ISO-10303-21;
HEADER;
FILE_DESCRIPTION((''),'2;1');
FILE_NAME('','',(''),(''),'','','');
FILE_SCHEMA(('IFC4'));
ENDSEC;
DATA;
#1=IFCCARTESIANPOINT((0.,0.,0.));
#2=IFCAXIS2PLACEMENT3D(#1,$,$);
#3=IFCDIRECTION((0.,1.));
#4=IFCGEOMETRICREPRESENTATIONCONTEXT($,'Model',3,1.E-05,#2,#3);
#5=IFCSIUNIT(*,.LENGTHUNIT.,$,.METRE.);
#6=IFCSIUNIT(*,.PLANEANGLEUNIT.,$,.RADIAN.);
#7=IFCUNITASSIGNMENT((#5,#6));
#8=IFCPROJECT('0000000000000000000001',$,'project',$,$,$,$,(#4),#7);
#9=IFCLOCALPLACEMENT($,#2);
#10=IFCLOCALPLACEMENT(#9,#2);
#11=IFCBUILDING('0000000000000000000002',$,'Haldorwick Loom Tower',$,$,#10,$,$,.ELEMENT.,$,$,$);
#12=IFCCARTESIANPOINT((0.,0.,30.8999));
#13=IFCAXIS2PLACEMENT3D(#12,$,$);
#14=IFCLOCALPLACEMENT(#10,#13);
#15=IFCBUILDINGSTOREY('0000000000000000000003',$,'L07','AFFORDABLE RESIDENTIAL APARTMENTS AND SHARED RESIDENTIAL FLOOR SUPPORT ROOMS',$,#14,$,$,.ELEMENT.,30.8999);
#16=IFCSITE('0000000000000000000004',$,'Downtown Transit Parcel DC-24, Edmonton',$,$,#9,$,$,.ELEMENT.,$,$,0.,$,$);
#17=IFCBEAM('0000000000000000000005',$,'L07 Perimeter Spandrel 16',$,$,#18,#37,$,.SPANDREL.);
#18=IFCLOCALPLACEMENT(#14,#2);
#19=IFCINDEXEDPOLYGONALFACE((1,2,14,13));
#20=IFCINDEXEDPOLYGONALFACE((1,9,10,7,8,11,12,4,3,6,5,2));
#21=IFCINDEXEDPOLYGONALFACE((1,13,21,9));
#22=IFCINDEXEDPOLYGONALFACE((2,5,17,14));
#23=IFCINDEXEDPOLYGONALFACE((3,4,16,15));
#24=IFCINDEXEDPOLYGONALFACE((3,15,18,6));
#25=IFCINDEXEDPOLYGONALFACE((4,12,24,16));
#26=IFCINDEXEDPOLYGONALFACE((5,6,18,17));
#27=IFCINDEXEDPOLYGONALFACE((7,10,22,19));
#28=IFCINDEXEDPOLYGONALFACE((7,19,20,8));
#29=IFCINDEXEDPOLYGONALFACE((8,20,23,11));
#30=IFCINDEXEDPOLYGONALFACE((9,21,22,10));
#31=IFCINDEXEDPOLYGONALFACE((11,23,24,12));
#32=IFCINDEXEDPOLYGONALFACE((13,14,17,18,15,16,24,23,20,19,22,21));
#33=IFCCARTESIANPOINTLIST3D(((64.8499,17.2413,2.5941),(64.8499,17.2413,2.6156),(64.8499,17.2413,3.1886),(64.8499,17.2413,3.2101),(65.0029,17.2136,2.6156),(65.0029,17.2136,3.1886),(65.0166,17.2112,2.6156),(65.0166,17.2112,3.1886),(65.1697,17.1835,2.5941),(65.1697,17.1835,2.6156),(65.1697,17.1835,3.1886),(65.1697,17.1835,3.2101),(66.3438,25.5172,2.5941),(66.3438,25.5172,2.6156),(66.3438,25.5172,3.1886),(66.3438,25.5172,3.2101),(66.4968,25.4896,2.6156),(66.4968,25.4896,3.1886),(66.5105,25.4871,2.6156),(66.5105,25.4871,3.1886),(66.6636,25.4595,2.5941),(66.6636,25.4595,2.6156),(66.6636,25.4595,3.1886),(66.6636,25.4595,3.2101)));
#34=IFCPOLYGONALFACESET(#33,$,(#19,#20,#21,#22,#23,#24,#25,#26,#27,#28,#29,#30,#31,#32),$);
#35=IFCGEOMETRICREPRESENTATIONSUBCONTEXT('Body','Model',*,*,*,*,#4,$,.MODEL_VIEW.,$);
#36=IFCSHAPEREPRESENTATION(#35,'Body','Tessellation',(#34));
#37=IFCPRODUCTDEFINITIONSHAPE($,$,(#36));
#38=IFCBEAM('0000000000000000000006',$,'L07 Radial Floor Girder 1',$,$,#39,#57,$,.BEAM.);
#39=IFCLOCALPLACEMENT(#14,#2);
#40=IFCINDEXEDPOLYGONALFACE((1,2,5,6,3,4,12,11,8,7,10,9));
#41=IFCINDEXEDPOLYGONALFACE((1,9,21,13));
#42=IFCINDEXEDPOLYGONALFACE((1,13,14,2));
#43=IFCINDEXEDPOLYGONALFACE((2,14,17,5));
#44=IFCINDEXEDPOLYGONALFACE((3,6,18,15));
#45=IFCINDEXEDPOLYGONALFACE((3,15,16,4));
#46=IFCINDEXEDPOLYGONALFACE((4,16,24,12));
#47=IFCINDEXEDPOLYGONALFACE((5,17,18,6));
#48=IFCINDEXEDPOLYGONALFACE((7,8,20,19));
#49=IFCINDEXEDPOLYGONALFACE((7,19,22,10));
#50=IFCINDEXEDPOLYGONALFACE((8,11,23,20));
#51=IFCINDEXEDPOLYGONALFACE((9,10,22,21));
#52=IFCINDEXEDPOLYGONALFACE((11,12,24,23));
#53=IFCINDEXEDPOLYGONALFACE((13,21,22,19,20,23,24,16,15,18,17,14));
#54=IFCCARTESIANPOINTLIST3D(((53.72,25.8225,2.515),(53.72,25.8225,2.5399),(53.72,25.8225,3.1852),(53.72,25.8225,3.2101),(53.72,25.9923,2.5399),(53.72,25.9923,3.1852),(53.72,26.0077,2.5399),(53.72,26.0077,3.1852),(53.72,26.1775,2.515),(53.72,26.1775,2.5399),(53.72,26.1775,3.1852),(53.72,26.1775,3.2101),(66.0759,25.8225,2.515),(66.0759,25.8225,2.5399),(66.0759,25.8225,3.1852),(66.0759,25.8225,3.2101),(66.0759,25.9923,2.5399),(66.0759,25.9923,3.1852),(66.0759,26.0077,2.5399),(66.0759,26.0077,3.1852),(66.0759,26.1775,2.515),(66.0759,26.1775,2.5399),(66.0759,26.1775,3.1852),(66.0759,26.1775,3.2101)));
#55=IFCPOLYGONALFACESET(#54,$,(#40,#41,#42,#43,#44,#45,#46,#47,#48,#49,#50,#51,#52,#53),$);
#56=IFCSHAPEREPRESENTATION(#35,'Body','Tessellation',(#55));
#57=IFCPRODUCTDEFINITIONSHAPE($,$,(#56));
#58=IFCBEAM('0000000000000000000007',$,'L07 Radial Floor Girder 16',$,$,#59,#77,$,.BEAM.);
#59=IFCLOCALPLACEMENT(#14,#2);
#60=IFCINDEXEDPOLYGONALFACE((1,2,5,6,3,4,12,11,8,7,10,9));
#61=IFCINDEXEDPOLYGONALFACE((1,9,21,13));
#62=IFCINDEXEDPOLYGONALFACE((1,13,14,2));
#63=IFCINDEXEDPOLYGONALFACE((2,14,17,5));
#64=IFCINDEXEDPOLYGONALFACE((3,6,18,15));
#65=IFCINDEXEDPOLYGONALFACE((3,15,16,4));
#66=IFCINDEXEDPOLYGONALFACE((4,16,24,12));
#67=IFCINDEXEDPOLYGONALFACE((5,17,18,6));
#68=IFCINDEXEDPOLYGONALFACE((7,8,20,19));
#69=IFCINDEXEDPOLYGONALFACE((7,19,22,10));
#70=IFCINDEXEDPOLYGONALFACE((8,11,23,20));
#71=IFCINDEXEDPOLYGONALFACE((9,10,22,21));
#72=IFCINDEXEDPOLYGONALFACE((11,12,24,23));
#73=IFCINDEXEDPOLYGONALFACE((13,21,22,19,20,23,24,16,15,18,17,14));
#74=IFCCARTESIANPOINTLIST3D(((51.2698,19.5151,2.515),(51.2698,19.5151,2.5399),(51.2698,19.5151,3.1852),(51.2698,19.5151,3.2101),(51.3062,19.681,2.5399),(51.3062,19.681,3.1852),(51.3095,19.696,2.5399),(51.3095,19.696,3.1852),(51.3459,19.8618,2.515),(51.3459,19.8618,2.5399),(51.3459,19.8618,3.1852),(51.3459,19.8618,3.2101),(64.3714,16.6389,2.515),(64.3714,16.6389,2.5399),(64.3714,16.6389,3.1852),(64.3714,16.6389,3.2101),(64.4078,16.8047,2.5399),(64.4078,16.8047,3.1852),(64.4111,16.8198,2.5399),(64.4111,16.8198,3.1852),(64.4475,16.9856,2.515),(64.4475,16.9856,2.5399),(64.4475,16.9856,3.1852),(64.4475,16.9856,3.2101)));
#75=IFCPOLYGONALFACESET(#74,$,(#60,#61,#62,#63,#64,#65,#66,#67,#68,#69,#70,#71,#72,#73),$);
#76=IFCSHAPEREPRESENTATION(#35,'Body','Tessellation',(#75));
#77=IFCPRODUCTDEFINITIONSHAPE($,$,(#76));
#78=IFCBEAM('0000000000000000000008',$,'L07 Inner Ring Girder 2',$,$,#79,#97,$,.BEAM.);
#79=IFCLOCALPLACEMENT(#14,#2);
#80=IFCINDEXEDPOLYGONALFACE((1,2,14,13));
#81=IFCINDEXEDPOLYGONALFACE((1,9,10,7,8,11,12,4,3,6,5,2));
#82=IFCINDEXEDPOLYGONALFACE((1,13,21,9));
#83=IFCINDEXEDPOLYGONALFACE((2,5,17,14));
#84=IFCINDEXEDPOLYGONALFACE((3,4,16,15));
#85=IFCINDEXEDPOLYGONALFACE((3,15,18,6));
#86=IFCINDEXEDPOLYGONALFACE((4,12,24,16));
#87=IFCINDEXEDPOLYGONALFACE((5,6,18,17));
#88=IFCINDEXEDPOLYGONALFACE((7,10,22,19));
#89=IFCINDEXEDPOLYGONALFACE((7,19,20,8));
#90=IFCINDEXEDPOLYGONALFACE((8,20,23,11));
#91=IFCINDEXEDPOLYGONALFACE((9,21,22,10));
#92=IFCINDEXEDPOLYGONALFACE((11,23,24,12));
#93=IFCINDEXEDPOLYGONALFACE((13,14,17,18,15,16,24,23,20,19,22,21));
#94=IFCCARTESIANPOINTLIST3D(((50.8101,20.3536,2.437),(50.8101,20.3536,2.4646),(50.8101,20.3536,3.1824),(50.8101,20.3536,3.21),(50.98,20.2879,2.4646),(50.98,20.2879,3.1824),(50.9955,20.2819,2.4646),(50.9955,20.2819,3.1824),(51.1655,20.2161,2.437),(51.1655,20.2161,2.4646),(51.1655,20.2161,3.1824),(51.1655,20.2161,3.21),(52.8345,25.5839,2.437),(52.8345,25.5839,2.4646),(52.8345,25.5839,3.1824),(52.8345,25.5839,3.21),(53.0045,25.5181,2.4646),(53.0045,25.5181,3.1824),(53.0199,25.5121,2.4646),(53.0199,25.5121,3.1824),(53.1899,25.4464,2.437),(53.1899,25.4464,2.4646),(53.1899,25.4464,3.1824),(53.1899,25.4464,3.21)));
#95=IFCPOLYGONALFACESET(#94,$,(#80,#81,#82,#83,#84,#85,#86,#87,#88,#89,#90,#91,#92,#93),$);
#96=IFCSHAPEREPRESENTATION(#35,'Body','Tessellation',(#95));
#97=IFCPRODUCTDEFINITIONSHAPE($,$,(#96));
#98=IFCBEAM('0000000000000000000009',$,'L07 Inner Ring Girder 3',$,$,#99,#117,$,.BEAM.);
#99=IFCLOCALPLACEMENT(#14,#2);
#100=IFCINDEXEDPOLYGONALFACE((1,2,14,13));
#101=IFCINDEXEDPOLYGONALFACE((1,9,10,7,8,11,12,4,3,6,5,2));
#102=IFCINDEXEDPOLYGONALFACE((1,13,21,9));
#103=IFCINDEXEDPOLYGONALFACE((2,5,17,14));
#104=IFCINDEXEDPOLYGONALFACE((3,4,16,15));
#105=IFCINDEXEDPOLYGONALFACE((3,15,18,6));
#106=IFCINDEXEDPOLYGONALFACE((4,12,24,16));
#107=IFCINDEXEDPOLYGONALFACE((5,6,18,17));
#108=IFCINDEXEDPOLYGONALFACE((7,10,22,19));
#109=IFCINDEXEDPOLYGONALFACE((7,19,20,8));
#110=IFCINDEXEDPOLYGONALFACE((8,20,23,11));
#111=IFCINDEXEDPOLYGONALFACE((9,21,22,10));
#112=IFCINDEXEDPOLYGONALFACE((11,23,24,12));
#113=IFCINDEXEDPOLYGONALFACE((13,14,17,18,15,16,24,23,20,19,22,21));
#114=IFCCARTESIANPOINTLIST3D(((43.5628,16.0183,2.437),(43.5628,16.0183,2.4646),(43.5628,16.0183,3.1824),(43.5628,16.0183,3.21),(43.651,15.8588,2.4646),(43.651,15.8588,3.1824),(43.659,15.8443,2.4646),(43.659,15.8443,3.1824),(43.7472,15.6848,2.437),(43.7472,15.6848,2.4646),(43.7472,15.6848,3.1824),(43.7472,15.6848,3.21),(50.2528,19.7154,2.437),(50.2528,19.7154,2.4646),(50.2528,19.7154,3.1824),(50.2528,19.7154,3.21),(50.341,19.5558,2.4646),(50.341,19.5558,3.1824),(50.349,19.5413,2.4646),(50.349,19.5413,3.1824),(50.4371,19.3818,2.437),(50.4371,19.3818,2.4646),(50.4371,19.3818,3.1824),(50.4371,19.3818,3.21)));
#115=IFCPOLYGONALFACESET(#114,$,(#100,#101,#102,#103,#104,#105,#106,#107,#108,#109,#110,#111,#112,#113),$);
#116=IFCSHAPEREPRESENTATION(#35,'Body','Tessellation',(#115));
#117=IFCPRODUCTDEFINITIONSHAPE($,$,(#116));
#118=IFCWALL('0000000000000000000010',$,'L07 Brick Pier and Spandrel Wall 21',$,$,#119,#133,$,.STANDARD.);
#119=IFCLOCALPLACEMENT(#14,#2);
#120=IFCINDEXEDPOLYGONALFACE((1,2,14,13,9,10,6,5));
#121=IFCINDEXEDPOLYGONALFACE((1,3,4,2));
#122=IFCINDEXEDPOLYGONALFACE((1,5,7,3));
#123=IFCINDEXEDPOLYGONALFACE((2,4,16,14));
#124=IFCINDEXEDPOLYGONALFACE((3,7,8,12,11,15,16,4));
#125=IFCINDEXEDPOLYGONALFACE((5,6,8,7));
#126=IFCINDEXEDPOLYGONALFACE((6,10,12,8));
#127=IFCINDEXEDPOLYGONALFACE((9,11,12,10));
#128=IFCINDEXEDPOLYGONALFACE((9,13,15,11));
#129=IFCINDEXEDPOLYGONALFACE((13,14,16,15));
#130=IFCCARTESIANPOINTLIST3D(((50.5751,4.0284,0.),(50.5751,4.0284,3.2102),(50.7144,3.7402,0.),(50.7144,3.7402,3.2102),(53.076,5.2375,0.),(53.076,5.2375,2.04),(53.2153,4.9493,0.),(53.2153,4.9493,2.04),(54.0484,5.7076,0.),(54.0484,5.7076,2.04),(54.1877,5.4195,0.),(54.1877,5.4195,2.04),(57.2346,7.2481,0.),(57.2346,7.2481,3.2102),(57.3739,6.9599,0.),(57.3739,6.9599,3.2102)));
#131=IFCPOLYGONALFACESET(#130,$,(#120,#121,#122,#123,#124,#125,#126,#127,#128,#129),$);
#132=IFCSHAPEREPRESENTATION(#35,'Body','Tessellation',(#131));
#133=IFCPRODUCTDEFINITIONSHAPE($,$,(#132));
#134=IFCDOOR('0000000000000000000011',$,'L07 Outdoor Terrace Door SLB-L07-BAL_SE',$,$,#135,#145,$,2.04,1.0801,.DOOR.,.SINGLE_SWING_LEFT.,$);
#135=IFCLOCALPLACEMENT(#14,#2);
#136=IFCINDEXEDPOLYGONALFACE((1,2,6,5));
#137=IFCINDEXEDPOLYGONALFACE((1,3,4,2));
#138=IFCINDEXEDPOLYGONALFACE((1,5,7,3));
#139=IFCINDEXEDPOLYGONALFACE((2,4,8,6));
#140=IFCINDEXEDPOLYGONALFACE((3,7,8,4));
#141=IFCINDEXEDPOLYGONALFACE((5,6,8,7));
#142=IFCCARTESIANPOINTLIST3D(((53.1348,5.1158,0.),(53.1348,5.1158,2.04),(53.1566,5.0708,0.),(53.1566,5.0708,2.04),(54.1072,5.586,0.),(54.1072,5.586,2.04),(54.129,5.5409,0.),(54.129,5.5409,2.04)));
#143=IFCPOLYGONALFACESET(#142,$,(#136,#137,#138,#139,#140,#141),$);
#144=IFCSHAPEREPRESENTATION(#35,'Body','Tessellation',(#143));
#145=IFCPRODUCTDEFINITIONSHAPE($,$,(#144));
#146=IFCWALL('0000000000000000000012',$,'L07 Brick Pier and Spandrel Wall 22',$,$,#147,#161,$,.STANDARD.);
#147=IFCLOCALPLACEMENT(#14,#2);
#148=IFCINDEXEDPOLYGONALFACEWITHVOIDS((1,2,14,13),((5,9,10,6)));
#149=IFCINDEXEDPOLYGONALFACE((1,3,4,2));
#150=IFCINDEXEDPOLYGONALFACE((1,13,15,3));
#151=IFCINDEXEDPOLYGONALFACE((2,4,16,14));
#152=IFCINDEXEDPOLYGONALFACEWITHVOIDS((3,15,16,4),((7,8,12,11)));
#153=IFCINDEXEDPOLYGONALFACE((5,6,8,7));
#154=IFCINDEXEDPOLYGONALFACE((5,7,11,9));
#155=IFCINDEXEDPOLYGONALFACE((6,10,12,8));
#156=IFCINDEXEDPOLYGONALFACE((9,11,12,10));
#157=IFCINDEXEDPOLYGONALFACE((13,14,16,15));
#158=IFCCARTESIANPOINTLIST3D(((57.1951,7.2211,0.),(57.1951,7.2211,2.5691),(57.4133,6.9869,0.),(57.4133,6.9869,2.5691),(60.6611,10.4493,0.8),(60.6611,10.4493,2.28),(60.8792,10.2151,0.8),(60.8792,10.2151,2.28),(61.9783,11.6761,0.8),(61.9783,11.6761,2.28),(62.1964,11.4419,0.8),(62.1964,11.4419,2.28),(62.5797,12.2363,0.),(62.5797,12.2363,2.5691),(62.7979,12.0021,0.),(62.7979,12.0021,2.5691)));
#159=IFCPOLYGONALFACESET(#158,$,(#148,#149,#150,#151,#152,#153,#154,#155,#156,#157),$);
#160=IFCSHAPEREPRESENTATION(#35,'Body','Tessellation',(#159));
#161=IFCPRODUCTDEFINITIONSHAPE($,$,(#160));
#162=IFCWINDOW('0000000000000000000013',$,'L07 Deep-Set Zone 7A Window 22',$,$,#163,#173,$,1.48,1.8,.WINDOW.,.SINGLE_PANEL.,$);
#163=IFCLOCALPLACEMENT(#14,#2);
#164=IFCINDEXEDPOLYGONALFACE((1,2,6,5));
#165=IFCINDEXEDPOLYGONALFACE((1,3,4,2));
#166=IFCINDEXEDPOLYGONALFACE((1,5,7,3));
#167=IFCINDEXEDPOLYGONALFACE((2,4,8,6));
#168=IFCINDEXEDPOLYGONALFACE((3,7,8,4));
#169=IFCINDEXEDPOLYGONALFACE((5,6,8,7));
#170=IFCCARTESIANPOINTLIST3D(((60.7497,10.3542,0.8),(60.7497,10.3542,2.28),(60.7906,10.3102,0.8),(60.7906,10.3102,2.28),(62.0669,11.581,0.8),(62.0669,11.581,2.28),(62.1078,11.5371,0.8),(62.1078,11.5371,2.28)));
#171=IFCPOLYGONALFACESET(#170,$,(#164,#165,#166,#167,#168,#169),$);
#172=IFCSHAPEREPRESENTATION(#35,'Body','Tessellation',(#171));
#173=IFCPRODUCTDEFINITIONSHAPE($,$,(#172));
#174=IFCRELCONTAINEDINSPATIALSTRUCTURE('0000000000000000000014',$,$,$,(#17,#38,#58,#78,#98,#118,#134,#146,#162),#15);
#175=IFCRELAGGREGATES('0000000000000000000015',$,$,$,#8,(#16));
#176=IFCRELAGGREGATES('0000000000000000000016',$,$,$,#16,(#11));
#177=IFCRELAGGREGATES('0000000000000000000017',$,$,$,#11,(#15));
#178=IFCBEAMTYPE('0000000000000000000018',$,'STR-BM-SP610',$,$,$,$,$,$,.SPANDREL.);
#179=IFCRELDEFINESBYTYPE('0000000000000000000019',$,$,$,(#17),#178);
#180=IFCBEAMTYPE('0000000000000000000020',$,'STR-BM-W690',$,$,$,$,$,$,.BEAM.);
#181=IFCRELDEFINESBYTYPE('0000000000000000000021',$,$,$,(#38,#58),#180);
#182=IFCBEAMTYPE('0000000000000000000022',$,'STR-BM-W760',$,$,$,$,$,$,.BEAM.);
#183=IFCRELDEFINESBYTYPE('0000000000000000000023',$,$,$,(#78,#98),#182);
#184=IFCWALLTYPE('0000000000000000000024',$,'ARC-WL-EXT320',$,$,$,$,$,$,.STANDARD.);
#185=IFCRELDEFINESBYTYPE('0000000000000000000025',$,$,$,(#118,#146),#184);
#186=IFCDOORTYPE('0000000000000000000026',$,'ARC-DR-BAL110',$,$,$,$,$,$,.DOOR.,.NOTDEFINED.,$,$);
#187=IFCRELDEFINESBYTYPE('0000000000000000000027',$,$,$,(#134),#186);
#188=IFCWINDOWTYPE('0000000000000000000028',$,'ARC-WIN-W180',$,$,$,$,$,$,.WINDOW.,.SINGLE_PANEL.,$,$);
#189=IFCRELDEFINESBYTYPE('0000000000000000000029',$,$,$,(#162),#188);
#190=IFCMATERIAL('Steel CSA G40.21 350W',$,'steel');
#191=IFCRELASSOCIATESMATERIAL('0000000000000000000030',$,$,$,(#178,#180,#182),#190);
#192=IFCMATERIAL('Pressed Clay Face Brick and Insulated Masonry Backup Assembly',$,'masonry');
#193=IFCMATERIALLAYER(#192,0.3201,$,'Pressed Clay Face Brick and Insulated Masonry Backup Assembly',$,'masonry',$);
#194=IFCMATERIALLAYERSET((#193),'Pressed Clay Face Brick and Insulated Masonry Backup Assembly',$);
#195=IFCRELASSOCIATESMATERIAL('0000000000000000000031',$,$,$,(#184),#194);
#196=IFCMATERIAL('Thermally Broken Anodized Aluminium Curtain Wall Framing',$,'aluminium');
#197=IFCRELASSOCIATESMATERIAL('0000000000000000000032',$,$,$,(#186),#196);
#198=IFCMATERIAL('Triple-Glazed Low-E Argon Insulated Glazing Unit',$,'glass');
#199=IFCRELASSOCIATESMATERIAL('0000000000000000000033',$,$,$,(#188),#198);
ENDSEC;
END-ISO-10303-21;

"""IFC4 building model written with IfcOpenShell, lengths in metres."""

from ifc_helpers import new_model, si_unit, direction, frame, frame_2d, origin, origin_2d, place, context, subcontext, project, spatial, rectangle, i_section, extrude, material, layer, layer_set, material_profile, profile_set, type_object, element, fill, save


model = new_model("IFC4")

# Units and contexts
model_context = context("Model", 3, precision=1e-05, world=origin(), true_north=direction((0.0, 1.0)))
body_context = subcontext(model_context, "Body", "Model", "MODEL_VIEW")
ifc_project = project(units=[si_unit("LENGTHUNIT", "METRE"), si_unit("PLANEANGLEUNIT", "RADIAN")], contexts=[model_context])

# Site, building, storey
site_placement = place(None, origin())
site = spatial("IfcSite", under=ifc_project, at=site_placement, Name="Downtown Transit Parcel DC-24, Edmonton", CompositionType="ELEMENT", RefElevation=0.0)
building_placement = place(site_placement, origin())
building = spatial("IfcBuilding", under=site, at=building_placement, Name="Haldorwick Loom Tower", CompositionType="ELEMENT")
storey_placement = place(building_placement, frame((0.0, 0.0, 30.8999)))
storey = spatial("IfcBuildingStorey", under=building, at=storey_placement, Name="L07", Description="AFFORDABLE RESIDENTIAL APARTMENTS AND SHARED RESIDENTIAL FLOOR SUPPORT ROOMS", CompositionType="ELEMENT", Elevation=30.8999)

# Beams
ifc_material_1 = material(Name="Steel CSA G40.21 350W", Category="steel")
ifc_material_profile_1 = material_profile(ifc_material_1, i_section(OverallWidth=0.325, OverallDepth=0.616, WebThickness=0.0139, FlangeThickness=0.0215, at=origin_2d()), Name="W610X174", Category="steel")
ifc_profile_set_1 = profile_set([ifc_material_profile_1], Name="Steel CSA G40.21 350W")
beam_type_1 = type_object("IfcBeamType", Name="STR-BM-SP610", PredefinedType="SPANDREL", material=ifc_profile_set_1)
beam_1_placement = place(storey_placement, frame((65.0098, 17.2124, 2.9021), z_axis=(0.177641, 0.984095, 0.0), x_axis=(-0.984095, 0.177641, 0.0)))
element("IfcBeam", 1, at=beam_1_placement, inside=storey, type_object=beam_type_1, Name="L07 Perimeter Spandrel 16", PredefinedType="SPANDREL", context=body_context, shape_type="SweptSolid", body=[
    extrude(i_section(OverallWidth=0.325, OverallDepth=0.616, WebThickness=0.0139, FlangeThickness=0.0215, at=origin_2d()), origin(), (0.0, 0.0, 1.0), 8.4097),
])
ifc_material_profile_2 = material_profile(ifc_material_1, i_section(OverallWidth=0.355, OverallDepth=0.6951, WebThickness=0.0154, FlangeThickness=0.0249, at=origin_2d()), Name="W690X217", Category="steel")
ifc_profile_set_2 = profile_set([ifc_material_profile_2], Name="Steel CSA G40.21 350W")
beam_type_2 = type_object("IfcBeamType", Name="STR-BM-W690", PredefinedType="BEAM", material=ifc_profile_set_2)
beam_2_placement = place(storey_placement, frame((53.72, 26.0, 2.8625), z_axis=(1.0, 0.0, 0.0), x_axis=(0.0, 1.0, 0.0)))
element("IfcBeam", 2, at=beam_2_placement, inside=storey, type_object=beam_type_2, Name="L07 Radial Floor Girder 1", PredefinedType="BEAM", context=body_context, shape_type="SweptSolid", body=[
    extrude(i_section(OverallWidth=0.355, OverallDepth=0.6951, WebThickness=0.0154, FlangeThickness=0.0249, at=origin_2d()), origin(), (0.0, 0.0, 1.0), 12.356),
])
beam_3_placement = place(storey_placement, frame((51.3079, 19.6885, 2.8625), z_axis=(0.97674, -0.214426, 0.0), x_axis=(0.214426, 0.97674, 0.0)))
element("IfcBeam", 3, at=beam_3_placement, inside=storey, type_object=beam_type_2, Name="L07 Radial Floor Girder 16", PredefinedType="BEAM", context=body_context, shape_type="SweptSolid", body=[
    extrude(i_section(OverallWidth=0.355, OverallDepth=0.6951, WebThickness=0.0154, FlangeThickness=0.0249, at=origin_2d()), origin(), (0.0, 0.0, 1.0), 13.4136),
])
ifc_material_profile_3 = material_profile(ifc_material_1, i_section(OverallWidth=0.3811, OverallDepth=0.7729, WebThickness=0.0166, FlangeThickness=0.0276, at=origin_2d()), Name="W760X257", Category="steel")
ifc_profile_set_3 = profile_set([ifc_material_profile_3], Name="Steel CSA G40.21 350W")
beam_type_3 = type_object("IfcBeamType", Name="STR-BM-W760", PredefinedType="BEAM", material=ifc_profile_set_3)
beam_4_placement = place(storey_placement, frame((53.0122, 25.5151, 2.8235), z_axis=(-0.360965, -0.932579, 0.0), x_axis=(0.932579, -0.360965, 0.0)))
element("IfcBeam", 4, at=beam_4_placement, inside=storey, type_object=beam_type_3, Name="L07 Inner Ring Girder 2", PredefinedType="BEAM", context=body_context, shape_type="SweptSolid", body=[
    extrude(i_section(OverallWidth=0.3811, OverallDepth=0.7729, WebThickness=0.0166, FlangeThickness=0.0276, at=origin_2d()), origin(), (0.0, 0.0, 1.0), 5.6084),
])
beam_5_placement = place(storey_placement, frame((50.345, 19.5486, 2.8235), z_axis=(-0.875244, -0.483681, 0.0), x_axis=(0.483681, -0.875244, 0.0)))
element("IfcBeam", 5, at=beam_5_placement, inside=storey, type_object=beam_type_3, Name="L07 Inner Ring Girder 3", PredefinedType="BEAM", context=body_context, shape_type="SweptSolid", body=[
    extrude(i_section(OverallWidth=0.3811, OverallDepth=0.7729, WebThickness=0.0166, FlangeThickness=0.0276, at=origin_2d()), origin(), (0.0, 0.0, 1.0), 7.6436),
])

# Wall, opening, door
ifc_material_2 = material(Name="Pressed Clay Face Brick and Insulated Masonry Backup Assembly", Category="masonry")
ifc_layer_1 = layer(ifc_material_2, 0.3201, Name="Pressed Clay Face Brick and Insulated Masonry Backup Assembly", Category="masonry")
ifc_layer_set_1 = layer_set([ifc_layer_1], Name="Pressed Clay Face Brick and Insulated Masonry Backup Assembly")
wall_type_1 = type_object("IfcWallType", Name="ARC-WL-EXT320", PredefinedType="STANDARD", material=ifc_layer_set_1)
wall_1_placement = place(storey_placement, frame((50.6448, 3.8843, 0.0), z_axis=(0.0, 0.0, 1.0), x_axis=(0.900296, 0.435279, 0.0)))
wall_1 = element("IfcWall", 6, at=wall_1_placement, inside=storey, type_object=wall_type_1, Name="L07 Brick Pier and Spandrel Wall 21", PredefinedType="STANDARD", context=body_context, shape_type="SweptSolid", body=[
    extrude(rectangle(XDim=7.397, YDim=0.3201, at=frame_2d((3.6985, 0.0))), origin(), (0.0, 0.0, 1.0), 3.2102),
])
opening_1_placement = place(wall_1_placement, frame((2.7778, 0.0, 0.0)))
opening_1 = element("IfcOpeningElement", 7, at=opening_1_placement, cuts=wall_1, PredefinedType="OPENING", context=body_context, shape_type="SweptSolid", body=[
    extrude(rectangle(XDim=1.0801, YDim=2.04, at=frame_2d((0.54, 1.02))), frame((0.0, 0.1699, 0.0), z_axis=(0.0, -1.0, 0.0), x_axis=(1.0, 0.0, 0.0)), (0.0, 0.0, 1.0), 0.3401),
])
ifc_material_3 = material(Name="Thermally Broken Anodized Aluminium Curtain Wall Framing", Category="aluminium")
door_type_1 = type_object("IfcDoorType", Name="ARC-DR-BAL110", OperationType="NOTDEFINED", PredefinedType="DOOR", material=ifc_material_3)
door_1_placement = place(opening_1_placement, origin())
door_1 = element("IfcDoor", 8, at=door_1_placement, inside=storey, type_object=door_type_1, Name="L07 Outdoor Terrace Door SLB-L07-BAL_SE", OperationType="SINGLE_SWING_LEFT", OverallHeight=2.04, OverallWidth=1.0801, PredefinedType="DOOR", context=body_context, shape_type="SweptSolid", body=[
    extrude(rectangle(XDim=1.0801, YDim=2.04, at=frame_2d((0.54, 1.02))), frame((0.0, 0.0249, 0.0), z_axis=(0.0, -1.0, 0.0), x_axis=(1.0, 0.0, 0.0)), (0.0, 0.0, 1.0), 0.05),
])
fill(opening_1, door_1)

# Wall, opening, window
wall_2_placement = place(storey_placement, frame((57.3042, 7.104, 0.0), z_axis=(0.0, 0.0, 1.0), x_axis=(0.731761, 0.681561, 0.0)))
wall_2 = element("IfcWall", 9, at=wall_2_placement, inside=storey, type_object=wall_type_1, Name="L07 Brick Pier and Spandrel Wall 22", PredefinedType="STANDARD", context=body_context, shape_type="SweptSolid", body=[
    extrude(rectangle(XDim=7.3584, YDim=0.3201, at=frame_2d((3.6792, 0.0))), origin(), (0.0, 0.0, 1.0), 2.5691),
])
opening_2_placement = place(wall_2_placement, frame((4.7366, 0.0, 0.8)))
opening_2 = element("IfcOpeningElement", 10, at=opening_2_placement, cuts=wall_2, PredefinedType="OPENING", context=body_context, shape_type="SweptSolid", body=[
    extrude(rectangle(XDim=1.8, YDim=1.48, at=frame_2d((0.8999, 0.74))), frame((0.0, 0.1699, 0.0), z_axis=(0.0, -1.0, 0.0), x_axis=(1.0, 0.0, 0.0)), (0.0, 0.0, 1.0), 0.3401),
])
ifc_material_4 = material(Name="Triple-Glazed Low-E Argon Insulated Glazing Unit", Category="glass")
window_type = type_object("IfcWindowType", Name="ARC-WIN-W180", PartitioningType="SINGLE_PANEL", PredefinedType="WINDOW", material=ifc_material_4)
window_1_placement = place(opening_2_placement, origin())
window_1 = element("IfcWindow", 11, at=window_1_placement, inside=storey, type_object=window_type, Name="L07 Deep-Set Zone 7A Window 22", OverallHeight=1.48, OverallWidth=1.8, PartitioningType="SINGLE_PANEL", PredefinedType="WINDOW", context=body_context, shape_type="SweptSolid", body=[
    extrude(rectangle(XDim=1.8, YDim=1.48, at=frame_2d((0.8999, 0.74))), frame((0.0, 0.03, 0.0), z_axis=(0.0, -1.0, 0.0), x_axis=(1.0, 0.0, 0.0)), (0.0, 0.0, 1.0), 0.0601),
])
fill(opening_2, window_1)

save(model, "model.ifc")
